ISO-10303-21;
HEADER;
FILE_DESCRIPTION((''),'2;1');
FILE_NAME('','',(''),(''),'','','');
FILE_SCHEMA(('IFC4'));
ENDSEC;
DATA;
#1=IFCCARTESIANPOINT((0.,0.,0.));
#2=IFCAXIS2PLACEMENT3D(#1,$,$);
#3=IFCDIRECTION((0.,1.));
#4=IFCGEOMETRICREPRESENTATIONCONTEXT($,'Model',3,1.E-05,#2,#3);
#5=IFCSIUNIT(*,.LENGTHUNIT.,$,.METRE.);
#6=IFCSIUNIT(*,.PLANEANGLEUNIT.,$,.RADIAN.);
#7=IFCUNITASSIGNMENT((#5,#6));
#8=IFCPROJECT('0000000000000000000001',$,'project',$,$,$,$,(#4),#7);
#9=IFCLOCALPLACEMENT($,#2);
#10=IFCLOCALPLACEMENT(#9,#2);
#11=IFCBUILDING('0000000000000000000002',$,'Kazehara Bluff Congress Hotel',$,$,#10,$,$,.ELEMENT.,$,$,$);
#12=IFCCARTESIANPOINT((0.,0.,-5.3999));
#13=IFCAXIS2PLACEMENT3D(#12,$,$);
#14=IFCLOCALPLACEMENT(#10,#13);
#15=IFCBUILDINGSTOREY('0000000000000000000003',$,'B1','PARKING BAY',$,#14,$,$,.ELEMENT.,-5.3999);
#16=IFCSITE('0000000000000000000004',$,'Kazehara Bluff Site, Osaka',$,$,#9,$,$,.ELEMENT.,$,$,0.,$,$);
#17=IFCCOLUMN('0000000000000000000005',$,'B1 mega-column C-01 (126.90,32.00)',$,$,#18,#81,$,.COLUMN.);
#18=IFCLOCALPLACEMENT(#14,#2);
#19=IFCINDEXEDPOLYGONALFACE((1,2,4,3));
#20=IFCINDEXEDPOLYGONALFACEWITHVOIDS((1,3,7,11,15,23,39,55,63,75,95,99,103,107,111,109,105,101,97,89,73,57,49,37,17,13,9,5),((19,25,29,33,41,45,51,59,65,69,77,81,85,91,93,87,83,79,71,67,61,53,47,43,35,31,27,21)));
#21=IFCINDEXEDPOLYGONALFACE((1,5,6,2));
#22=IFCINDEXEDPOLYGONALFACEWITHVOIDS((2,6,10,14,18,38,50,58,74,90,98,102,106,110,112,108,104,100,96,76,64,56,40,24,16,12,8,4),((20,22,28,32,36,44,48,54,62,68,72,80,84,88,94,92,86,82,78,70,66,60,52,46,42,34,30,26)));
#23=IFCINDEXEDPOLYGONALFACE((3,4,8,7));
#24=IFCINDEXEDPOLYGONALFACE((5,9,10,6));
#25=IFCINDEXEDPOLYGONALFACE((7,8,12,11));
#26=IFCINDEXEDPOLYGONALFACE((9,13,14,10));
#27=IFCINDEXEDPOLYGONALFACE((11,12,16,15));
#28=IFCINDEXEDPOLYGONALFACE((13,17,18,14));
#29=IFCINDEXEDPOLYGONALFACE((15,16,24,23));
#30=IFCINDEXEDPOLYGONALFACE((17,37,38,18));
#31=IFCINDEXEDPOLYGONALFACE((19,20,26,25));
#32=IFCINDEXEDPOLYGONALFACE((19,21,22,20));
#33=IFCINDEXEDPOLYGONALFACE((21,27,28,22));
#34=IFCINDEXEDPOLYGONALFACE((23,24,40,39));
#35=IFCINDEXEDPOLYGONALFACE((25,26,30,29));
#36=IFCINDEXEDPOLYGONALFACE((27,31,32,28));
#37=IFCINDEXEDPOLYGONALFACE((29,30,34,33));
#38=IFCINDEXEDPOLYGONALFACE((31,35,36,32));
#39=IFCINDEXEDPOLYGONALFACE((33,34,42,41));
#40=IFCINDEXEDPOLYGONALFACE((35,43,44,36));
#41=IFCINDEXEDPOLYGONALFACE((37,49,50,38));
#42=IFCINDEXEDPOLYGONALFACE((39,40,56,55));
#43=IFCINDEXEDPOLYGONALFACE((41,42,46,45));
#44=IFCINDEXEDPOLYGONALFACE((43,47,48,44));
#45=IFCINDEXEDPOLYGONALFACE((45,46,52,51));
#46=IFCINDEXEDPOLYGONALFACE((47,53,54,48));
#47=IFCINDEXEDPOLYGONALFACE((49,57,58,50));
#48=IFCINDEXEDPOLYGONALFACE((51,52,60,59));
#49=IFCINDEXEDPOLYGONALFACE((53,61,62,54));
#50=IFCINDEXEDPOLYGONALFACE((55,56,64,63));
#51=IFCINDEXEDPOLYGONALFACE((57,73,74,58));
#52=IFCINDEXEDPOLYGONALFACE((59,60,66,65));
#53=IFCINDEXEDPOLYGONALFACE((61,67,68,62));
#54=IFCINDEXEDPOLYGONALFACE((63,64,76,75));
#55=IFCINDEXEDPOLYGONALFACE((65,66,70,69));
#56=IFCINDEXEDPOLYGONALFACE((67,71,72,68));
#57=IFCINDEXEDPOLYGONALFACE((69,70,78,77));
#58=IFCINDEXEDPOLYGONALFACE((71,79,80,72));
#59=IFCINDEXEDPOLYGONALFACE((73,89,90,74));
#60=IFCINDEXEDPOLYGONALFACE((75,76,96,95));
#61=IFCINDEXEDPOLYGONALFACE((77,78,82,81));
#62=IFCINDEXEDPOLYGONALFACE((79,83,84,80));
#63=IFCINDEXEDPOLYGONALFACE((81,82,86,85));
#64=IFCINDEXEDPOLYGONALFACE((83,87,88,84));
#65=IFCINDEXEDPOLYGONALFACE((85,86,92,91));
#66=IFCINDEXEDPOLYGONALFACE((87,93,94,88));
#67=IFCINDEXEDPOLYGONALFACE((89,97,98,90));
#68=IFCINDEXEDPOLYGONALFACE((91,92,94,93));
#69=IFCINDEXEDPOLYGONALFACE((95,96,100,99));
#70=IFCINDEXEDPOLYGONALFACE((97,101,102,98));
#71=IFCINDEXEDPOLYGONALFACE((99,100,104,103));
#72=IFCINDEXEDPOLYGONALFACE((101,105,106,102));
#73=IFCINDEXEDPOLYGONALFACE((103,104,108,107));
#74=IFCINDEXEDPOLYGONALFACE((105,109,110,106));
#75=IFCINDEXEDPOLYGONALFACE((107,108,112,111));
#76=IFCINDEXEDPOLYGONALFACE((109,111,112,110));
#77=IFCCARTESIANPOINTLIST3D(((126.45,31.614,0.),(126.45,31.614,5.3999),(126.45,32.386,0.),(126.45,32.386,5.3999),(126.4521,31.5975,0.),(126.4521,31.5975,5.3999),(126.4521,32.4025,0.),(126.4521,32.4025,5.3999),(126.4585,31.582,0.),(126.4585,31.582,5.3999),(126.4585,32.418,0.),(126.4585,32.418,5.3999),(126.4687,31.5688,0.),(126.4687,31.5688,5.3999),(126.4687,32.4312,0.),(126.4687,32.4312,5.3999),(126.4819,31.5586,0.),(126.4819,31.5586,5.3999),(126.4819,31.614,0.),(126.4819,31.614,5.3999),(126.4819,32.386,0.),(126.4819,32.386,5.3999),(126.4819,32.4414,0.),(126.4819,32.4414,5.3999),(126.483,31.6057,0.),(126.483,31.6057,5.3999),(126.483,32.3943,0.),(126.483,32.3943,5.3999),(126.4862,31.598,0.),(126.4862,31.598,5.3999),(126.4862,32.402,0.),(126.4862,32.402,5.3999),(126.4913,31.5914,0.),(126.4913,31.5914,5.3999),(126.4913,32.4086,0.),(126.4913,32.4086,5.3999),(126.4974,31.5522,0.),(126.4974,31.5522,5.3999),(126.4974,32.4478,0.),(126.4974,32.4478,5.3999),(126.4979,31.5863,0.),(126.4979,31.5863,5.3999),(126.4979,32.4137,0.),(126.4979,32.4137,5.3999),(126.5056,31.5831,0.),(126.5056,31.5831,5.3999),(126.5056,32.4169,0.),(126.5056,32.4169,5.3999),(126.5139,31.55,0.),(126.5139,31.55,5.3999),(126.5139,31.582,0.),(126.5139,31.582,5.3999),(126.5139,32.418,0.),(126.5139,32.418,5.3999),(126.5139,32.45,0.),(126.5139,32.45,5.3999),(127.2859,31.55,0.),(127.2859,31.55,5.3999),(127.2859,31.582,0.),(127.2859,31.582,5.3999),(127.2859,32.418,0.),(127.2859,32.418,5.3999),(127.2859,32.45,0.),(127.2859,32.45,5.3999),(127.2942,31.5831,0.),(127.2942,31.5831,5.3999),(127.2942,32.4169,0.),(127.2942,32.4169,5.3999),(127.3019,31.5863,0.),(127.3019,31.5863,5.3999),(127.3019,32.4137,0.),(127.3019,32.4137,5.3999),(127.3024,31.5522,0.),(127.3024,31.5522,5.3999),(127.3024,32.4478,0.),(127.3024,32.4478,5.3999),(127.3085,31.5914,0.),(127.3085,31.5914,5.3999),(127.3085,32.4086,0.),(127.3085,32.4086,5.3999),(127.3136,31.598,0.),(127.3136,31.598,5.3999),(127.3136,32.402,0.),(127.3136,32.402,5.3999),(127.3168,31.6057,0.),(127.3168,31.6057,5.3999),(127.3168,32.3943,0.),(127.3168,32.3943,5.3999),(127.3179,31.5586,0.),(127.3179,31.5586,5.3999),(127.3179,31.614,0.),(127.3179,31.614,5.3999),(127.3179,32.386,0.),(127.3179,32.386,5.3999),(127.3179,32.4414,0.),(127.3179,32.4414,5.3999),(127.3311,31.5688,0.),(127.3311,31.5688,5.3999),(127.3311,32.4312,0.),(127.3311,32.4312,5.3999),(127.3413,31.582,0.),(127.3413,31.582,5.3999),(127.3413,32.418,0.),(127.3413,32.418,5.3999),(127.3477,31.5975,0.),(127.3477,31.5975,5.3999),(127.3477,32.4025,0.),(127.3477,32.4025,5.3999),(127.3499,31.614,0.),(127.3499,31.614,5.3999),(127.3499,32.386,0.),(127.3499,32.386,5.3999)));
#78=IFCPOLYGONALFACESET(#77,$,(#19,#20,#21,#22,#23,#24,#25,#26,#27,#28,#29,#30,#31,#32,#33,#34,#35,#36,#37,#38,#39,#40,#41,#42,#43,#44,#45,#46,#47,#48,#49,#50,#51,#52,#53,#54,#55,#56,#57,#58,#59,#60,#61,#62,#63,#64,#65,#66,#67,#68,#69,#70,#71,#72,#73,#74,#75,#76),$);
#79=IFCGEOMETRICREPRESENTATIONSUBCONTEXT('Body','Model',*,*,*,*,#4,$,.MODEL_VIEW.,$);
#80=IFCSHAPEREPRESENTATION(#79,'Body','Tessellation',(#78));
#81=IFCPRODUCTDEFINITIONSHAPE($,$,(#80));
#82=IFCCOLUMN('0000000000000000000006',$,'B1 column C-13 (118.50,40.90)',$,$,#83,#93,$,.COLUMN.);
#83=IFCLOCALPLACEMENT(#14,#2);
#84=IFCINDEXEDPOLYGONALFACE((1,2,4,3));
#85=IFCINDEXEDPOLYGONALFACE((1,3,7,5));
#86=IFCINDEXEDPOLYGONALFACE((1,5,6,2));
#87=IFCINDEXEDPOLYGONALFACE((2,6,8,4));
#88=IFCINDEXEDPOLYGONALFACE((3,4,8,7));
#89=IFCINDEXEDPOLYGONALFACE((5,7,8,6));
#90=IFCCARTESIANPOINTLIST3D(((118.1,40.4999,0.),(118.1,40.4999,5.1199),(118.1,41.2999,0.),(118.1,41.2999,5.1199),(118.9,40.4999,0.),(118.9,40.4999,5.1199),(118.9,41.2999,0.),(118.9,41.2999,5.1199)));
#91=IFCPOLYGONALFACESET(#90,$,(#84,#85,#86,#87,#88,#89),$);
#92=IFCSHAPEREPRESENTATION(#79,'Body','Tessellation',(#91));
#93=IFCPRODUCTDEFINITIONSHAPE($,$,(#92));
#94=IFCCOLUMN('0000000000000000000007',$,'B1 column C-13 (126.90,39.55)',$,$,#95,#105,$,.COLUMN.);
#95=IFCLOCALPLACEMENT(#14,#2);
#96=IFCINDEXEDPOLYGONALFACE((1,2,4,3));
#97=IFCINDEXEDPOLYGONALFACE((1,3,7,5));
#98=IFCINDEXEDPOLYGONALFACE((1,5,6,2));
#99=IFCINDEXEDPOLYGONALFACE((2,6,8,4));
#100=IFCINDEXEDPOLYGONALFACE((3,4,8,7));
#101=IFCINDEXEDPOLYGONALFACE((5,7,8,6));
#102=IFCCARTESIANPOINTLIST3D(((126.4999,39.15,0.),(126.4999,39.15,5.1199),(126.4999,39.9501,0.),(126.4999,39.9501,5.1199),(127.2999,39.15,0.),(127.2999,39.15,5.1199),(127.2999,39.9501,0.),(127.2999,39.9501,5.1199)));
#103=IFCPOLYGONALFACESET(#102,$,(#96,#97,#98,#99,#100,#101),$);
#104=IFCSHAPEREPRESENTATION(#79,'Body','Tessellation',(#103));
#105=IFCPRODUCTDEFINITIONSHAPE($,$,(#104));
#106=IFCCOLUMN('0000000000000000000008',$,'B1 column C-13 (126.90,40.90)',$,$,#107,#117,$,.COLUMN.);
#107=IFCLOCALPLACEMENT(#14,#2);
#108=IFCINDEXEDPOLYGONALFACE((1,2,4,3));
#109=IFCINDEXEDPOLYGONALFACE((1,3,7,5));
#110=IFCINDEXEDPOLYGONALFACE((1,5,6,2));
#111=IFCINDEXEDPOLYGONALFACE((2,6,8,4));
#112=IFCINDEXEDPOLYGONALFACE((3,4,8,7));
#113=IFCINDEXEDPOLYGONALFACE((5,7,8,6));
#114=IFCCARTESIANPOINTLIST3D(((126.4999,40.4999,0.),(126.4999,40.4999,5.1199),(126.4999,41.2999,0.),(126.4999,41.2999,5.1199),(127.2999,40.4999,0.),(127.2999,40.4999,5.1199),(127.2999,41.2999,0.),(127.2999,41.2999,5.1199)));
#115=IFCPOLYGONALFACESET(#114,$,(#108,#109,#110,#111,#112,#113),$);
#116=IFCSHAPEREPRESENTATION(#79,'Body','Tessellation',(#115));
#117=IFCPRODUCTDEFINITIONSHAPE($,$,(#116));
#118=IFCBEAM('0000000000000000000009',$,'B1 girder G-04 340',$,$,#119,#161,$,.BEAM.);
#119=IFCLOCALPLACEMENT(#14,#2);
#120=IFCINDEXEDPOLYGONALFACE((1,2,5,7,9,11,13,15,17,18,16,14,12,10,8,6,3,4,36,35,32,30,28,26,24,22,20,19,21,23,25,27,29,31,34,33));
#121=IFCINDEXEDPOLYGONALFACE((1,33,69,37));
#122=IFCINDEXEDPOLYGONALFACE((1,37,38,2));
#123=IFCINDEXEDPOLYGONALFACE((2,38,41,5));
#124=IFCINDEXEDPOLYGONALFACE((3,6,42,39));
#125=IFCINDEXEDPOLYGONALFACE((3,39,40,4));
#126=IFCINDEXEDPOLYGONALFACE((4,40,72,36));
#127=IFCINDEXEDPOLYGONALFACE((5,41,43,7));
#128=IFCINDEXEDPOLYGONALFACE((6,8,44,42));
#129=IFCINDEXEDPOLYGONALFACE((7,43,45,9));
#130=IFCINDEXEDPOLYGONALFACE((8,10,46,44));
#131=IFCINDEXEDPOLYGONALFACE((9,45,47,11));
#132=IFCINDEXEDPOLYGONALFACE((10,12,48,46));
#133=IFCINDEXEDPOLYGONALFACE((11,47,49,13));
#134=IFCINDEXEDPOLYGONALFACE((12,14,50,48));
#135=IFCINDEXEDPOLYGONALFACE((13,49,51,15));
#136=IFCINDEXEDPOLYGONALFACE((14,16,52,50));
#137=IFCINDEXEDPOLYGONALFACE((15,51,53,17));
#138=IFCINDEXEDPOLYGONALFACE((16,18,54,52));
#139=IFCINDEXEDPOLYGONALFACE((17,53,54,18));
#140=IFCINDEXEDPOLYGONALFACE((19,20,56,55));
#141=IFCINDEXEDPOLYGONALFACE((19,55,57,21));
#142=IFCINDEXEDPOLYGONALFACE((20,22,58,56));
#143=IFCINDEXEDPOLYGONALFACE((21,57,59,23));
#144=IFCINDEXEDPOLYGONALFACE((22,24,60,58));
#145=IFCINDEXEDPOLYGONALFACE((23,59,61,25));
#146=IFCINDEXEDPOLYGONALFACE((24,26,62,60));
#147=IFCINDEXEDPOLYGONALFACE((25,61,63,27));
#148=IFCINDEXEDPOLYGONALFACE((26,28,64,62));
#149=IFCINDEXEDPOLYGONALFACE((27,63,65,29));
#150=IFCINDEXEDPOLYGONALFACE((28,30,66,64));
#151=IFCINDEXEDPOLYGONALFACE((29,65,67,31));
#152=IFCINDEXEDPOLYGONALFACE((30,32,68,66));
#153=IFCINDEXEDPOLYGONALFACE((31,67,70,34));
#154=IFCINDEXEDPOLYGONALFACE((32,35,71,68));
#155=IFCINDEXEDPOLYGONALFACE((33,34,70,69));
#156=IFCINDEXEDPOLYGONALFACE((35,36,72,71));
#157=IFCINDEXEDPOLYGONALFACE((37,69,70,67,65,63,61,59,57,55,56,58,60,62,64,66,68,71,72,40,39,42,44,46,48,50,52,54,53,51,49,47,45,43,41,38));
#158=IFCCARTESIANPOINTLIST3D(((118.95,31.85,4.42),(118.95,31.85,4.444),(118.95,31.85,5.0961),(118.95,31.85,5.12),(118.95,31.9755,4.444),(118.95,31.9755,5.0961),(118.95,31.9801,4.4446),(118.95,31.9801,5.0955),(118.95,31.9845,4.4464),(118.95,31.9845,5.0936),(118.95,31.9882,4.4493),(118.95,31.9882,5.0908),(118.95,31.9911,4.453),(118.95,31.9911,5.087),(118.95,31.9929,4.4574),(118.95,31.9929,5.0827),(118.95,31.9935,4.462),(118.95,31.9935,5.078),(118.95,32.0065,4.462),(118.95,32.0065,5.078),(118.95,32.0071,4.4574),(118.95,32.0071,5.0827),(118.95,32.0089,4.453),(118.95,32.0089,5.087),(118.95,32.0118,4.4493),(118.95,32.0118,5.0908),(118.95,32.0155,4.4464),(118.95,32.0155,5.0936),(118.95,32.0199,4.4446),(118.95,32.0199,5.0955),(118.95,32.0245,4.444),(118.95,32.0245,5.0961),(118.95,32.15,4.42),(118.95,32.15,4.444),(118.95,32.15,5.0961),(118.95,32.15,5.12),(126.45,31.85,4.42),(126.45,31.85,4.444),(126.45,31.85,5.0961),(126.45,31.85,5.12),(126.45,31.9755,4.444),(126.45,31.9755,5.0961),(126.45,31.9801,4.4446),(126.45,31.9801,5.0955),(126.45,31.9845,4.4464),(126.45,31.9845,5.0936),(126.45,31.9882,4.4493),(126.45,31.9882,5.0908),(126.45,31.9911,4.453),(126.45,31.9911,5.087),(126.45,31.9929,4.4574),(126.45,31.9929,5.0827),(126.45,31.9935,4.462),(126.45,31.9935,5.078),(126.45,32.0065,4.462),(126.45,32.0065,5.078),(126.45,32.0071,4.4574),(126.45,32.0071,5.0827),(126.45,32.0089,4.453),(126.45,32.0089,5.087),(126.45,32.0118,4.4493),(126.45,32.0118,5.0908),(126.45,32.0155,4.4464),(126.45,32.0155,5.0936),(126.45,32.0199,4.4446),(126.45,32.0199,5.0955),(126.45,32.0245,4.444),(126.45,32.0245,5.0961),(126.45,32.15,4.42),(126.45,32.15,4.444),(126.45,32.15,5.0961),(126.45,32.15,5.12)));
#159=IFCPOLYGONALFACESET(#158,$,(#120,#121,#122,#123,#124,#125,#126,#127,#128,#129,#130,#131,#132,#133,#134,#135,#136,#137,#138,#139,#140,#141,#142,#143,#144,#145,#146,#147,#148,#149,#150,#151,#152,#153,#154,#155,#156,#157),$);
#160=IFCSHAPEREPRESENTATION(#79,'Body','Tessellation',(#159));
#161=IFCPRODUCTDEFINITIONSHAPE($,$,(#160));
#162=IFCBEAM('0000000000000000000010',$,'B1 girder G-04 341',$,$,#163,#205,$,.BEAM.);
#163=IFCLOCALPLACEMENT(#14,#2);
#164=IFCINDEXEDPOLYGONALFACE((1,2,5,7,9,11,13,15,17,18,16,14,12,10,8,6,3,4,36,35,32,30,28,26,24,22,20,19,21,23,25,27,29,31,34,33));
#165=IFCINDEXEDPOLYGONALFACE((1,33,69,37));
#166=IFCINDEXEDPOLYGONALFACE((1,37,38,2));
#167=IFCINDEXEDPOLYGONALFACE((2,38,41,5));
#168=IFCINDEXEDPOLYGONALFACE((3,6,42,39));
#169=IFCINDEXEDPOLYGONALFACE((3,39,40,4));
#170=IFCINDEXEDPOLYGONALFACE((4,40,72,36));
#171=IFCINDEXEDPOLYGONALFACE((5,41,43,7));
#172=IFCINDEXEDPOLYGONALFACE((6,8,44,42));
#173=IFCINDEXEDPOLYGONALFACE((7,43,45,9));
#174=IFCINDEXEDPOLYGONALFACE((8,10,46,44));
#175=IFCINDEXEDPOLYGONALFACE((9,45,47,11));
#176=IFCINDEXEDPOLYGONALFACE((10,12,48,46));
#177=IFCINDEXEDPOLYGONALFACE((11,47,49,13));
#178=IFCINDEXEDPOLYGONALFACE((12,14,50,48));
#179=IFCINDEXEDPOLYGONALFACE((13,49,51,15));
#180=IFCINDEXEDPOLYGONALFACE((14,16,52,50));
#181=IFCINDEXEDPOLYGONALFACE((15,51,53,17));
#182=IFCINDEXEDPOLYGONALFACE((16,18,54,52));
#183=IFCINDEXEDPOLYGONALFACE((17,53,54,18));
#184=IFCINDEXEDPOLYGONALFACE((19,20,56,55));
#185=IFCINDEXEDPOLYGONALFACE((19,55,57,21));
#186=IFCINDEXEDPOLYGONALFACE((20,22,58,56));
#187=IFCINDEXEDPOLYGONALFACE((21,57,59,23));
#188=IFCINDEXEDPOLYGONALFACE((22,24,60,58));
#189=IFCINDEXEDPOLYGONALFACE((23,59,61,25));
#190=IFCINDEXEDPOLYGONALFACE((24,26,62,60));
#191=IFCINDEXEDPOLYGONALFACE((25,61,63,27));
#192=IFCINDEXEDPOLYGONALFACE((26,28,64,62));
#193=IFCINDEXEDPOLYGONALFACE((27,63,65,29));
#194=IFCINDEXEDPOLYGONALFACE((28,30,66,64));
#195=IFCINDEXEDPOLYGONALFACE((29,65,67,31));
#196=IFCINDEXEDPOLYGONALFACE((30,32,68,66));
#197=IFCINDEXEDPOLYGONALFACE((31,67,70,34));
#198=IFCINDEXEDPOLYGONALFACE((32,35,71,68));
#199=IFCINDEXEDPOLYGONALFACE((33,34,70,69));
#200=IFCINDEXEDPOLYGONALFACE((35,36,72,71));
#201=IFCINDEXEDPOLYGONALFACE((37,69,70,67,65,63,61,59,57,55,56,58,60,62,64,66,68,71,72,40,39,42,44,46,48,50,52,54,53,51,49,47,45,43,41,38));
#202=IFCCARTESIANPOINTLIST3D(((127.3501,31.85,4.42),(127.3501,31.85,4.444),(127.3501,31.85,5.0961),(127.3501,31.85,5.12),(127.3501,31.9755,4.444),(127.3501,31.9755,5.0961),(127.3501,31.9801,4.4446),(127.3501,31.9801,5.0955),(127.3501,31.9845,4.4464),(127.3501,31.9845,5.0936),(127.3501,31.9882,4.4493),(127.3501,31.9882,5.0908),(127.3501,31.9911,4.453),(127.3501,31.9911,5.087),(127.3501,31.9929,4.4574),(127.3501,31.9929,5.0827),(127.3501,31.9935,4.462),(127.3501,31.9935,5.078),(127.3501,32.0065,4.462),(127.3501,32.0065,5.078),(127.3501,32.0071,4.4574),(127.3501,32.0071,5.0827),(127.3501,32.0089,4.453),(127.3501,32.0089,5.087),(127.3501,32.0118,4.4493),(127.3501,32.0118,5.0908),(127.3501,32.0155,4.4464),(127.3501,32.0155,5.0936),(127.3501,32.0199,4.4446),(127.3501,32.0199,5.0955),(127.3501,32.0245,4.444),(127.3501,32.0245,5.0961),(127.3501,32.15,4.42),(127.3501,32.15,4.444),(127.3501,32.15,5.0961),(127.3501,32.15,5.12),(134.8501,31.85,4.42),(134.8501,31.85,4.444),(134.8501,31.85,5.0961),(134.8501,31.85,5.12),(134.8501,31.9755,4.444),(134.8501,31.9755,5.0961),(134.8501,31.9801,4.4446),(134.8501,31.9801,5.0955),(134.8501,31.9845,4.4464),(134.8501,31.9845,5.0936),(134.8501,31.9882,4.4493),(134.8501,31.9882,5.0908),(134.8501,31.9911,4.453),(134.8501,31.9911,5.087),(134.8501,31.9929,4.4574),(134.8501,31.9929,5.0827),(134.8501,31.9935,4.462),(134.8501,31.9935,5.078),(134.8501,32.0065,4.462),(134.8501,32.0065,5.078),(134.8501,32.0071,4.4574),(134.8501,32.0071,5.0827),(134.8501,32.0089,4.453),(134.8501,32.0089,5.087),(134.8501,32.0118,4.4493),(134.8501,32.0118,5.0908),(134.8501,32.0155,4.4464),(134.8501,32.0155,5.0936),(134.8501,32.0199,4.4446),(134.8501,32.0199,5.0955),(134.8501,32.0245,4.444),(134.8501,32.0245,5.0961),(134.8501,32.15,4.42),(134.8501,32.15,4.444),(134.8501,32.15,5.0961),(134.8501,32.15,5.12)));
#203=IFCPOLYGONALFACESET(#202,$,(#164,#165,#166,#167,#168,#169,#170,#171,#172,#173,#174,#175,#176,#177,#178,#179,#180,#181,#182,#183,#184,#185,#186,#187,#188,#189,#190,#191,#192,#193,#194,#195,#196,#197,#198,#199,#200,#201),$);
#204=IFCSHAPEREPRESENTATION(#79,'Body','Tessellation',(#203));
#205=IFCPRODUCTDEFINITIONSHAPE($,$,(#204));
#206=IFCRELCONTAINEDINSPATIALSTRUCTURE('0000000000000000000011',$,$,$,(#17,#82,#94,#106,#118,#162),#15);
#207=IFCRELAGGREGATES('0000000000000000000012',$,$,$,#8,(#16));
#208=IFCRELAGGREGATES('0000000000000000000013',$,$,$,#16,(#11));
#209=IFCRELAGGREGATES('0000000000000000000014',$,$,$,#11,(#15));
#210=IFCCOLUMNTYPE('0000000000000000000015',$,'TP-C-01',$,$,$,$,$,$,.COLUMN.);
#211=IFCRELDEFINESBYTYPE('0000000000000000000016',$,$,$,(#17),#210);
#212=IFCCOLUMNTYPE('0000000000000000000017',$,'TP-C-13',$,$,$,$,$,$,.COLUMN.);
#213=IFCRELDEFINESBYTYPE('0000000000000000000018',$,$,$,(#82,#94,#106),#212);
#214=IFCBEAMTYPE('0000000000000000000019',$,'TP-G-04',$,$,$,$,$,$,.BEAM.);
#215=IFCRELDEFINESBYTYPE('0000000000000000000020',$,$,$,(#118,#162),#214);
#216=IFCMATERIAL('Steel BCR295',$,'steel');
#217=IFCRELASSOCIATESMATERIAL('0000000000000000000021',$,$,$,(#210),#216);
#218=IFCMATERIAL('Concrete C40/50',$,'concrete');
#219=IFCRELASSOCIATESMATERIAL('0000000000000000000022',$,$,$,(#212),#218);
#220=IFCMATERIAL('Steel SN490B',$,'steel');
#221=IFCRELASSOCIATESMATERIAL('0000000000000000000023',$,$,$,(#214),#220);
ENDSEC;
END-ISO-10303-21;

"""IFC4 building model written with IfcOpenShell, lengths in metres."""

from ifc_helpers import new_model, si_unit, direction, frame, origin, origin_2d, place, context, subcontext, project, spatial, rectangle, hollow_rectangle, i_section, extrude, material, material_profile, profile_set, type_object, element, save


model = new_model("IFC4")

# Units and contexts
model_context = context("Model", 3, precision=1e-05, world=origin(), true_north=direction((0.0, 1.0)))
body_context = subcontext(model_context, "Body", "Model", "MODEL_VIEW")
ifc_project = project(units=[si_unit("LENGTHUNIT", "METRE"), si_unit("PLANEANGLEUNIT", "RADIAN")], contexts=[model_context])

# Site, building, storey
site_placement = place(None, origin())
site = spatial("IfcSite", under=ifc_project, at=site_placement, Name="Kazehara Bluff Site, Osaka", CompositionType="ELEMENT", RefElevation=0.0)
building_placement = place(site_placement, origin())
building = spatial("IfcBuilding", under=site, at=building_placement, Name="Kazehara Bluff Congress Hotel", CompositionType="ELEMENT")
storey_placement = place(building_placement, frame((0.0, 0.0, -5.3999)))
storey = spatial("IfcBuildingStorey", under=building, at=storey_placement, Name="B1", Description="PARKING BAY", CompositionType="ELEMENT", Elevation=-5.3999)

# Columns
ifc_material_1 = material(Name="Steel BCR295", Category="steel")
ifc_material_profile_1 = material_profile(ifc_material_1, hollow_rectangle(XDim=0.8999, YDim=0.8999, WallThickness=0.032, InnerFilletRadius=0.032, OuterFilletRadius=0.064, at=origin_2d()))
ifc_profile_set_1 = profile_set([ifc_material_profile_1], Name="Steel BCR295")
column_type_1 = type_object("IfcColumnType", Name="TP-C-01", PredefinedType="COLUMN", material=ifc_profile_set_1)
column_placement = place(storey_placement, frame((126.8999, 32.0, 0.0), z_axis=(0.0, 0.0, 1.0), x_axis=(1.0, 0.0, 0.0)))
element("IfcColumn", 1, at=column_placement, inside=storey, type_object=column_type_1, Name="B1 mega-column C-01 (126.90,32.00)", PredefinedType="COLUMN", context=body_context, shape_type="SweptSolid", body=[
    extrude(hollow_rectangle(XDim=0.8999, YDim=0.8999, WallThickness=0.032, InnerFilletRadius=0.032, OuterFilletRadius=0.064, at=origin_2d()), origin(), (0.0, 0.0, 1.0), 5.3999),
])
ifc_material_2 = material(Name="Concrete C40/50", Category="concrete")
ifc_material_profile_2 = material_profile(ifc_material_2, rectangle(XDim=0.8, YDim=0.8, at=origin_2d()))
ifc_profile_set_2 = profile_set([ifc_material_profile_2], Name="Concrete C40/50")
column_type_2 = type_object("IfcColumnType", Name="TP-C-13", PredefinedType="COLUMN", material=ifc_profile_set_2)
for number, where, z_axis, x_axis, name in (
    (2, (118.5, 40.8999, 0.0), (0.0, 0.0, 1.0), (1.0, 0.0, 0.0), "B1 column C-13 (118.50,40.90)"),
    (3, (126.8999, 39.55, 0.0), (0.0, 0.0, 1.0), (1.0, 0.0, 0.0), "B1 column C-13 (126.90,39.55)"),
    (4, (126.8999, 40.8999, 0.0), (0.0, 0.0, 1.0), (1.0, 0.0, 0.0), "B1 column C-13 (126.90,40.90)"),
):
    element("IfcColumn", number, at=place(storey_placement, frame(where, z_axis=z_axis, x_axis=x_axis)), inside=storey, type_object=column_type_2, Name=name, PredefinedType="COLUMN", context=body_context, shape_type="SweptSolid", body=[
        extrude(rectangle(XDim=0.8, YDim=0.8, at=origin_2d()), origin(), (0.0, 0.0, 1.0), 5.1199),
    ])

# Beams
ifc_material_3 = material(Name="Steel SN490B", Category="steel")
ifc_material_profile_3 = material_profile(ifc_material_3, i_section(OverallWidth=0.3, OverallDepth=0.7, WebThickness=0.0129, FlangeThickness=0.0239, FilletRadius=0.0181, at=origin_2d()))
ifc_profile_set_3 = profile_set([ifc_material_profile_3], Name="Steel SN490B")
beam_type_1 = type_object("IfcBeamType", Name="TP-G-04", PredefinedType="BEAM", material=ifc_profile_set_3)
for number, where, z_axis, x_axis, name in (
    (5, (118.95, 32.0, 4.77), (1.0, 0.0, 0.0), (0.0, 1.0, 0.0), "B1 girder G-04 340"),
    (6, (127.3501, 32.0, 4.77), (1.0, 0.0, 0.0), (0.0, 1.0, 0.0), "B1 girder G-04 341"),
):
    element("IfcBeam", number, at=place(storey_placement, frame(where, z_axis=z_axis, x_axis=x_axis)), inside=storey, type_object=beam_type_1, Name=name, PredefinedType="BEAM", context=body_context, shape_type="SweptSolid", body=[
        extrude(i_section(OverallWidth=0.3, OverallDepth=0.7, WebThickness=0.0129, FlangeThickness=0.0239, FilletRadius=0.0181, at=origin_2d()), origin(), (0.0, 0.0, 1.0), 7.5),
    ])

save(model, "model.ifc")
